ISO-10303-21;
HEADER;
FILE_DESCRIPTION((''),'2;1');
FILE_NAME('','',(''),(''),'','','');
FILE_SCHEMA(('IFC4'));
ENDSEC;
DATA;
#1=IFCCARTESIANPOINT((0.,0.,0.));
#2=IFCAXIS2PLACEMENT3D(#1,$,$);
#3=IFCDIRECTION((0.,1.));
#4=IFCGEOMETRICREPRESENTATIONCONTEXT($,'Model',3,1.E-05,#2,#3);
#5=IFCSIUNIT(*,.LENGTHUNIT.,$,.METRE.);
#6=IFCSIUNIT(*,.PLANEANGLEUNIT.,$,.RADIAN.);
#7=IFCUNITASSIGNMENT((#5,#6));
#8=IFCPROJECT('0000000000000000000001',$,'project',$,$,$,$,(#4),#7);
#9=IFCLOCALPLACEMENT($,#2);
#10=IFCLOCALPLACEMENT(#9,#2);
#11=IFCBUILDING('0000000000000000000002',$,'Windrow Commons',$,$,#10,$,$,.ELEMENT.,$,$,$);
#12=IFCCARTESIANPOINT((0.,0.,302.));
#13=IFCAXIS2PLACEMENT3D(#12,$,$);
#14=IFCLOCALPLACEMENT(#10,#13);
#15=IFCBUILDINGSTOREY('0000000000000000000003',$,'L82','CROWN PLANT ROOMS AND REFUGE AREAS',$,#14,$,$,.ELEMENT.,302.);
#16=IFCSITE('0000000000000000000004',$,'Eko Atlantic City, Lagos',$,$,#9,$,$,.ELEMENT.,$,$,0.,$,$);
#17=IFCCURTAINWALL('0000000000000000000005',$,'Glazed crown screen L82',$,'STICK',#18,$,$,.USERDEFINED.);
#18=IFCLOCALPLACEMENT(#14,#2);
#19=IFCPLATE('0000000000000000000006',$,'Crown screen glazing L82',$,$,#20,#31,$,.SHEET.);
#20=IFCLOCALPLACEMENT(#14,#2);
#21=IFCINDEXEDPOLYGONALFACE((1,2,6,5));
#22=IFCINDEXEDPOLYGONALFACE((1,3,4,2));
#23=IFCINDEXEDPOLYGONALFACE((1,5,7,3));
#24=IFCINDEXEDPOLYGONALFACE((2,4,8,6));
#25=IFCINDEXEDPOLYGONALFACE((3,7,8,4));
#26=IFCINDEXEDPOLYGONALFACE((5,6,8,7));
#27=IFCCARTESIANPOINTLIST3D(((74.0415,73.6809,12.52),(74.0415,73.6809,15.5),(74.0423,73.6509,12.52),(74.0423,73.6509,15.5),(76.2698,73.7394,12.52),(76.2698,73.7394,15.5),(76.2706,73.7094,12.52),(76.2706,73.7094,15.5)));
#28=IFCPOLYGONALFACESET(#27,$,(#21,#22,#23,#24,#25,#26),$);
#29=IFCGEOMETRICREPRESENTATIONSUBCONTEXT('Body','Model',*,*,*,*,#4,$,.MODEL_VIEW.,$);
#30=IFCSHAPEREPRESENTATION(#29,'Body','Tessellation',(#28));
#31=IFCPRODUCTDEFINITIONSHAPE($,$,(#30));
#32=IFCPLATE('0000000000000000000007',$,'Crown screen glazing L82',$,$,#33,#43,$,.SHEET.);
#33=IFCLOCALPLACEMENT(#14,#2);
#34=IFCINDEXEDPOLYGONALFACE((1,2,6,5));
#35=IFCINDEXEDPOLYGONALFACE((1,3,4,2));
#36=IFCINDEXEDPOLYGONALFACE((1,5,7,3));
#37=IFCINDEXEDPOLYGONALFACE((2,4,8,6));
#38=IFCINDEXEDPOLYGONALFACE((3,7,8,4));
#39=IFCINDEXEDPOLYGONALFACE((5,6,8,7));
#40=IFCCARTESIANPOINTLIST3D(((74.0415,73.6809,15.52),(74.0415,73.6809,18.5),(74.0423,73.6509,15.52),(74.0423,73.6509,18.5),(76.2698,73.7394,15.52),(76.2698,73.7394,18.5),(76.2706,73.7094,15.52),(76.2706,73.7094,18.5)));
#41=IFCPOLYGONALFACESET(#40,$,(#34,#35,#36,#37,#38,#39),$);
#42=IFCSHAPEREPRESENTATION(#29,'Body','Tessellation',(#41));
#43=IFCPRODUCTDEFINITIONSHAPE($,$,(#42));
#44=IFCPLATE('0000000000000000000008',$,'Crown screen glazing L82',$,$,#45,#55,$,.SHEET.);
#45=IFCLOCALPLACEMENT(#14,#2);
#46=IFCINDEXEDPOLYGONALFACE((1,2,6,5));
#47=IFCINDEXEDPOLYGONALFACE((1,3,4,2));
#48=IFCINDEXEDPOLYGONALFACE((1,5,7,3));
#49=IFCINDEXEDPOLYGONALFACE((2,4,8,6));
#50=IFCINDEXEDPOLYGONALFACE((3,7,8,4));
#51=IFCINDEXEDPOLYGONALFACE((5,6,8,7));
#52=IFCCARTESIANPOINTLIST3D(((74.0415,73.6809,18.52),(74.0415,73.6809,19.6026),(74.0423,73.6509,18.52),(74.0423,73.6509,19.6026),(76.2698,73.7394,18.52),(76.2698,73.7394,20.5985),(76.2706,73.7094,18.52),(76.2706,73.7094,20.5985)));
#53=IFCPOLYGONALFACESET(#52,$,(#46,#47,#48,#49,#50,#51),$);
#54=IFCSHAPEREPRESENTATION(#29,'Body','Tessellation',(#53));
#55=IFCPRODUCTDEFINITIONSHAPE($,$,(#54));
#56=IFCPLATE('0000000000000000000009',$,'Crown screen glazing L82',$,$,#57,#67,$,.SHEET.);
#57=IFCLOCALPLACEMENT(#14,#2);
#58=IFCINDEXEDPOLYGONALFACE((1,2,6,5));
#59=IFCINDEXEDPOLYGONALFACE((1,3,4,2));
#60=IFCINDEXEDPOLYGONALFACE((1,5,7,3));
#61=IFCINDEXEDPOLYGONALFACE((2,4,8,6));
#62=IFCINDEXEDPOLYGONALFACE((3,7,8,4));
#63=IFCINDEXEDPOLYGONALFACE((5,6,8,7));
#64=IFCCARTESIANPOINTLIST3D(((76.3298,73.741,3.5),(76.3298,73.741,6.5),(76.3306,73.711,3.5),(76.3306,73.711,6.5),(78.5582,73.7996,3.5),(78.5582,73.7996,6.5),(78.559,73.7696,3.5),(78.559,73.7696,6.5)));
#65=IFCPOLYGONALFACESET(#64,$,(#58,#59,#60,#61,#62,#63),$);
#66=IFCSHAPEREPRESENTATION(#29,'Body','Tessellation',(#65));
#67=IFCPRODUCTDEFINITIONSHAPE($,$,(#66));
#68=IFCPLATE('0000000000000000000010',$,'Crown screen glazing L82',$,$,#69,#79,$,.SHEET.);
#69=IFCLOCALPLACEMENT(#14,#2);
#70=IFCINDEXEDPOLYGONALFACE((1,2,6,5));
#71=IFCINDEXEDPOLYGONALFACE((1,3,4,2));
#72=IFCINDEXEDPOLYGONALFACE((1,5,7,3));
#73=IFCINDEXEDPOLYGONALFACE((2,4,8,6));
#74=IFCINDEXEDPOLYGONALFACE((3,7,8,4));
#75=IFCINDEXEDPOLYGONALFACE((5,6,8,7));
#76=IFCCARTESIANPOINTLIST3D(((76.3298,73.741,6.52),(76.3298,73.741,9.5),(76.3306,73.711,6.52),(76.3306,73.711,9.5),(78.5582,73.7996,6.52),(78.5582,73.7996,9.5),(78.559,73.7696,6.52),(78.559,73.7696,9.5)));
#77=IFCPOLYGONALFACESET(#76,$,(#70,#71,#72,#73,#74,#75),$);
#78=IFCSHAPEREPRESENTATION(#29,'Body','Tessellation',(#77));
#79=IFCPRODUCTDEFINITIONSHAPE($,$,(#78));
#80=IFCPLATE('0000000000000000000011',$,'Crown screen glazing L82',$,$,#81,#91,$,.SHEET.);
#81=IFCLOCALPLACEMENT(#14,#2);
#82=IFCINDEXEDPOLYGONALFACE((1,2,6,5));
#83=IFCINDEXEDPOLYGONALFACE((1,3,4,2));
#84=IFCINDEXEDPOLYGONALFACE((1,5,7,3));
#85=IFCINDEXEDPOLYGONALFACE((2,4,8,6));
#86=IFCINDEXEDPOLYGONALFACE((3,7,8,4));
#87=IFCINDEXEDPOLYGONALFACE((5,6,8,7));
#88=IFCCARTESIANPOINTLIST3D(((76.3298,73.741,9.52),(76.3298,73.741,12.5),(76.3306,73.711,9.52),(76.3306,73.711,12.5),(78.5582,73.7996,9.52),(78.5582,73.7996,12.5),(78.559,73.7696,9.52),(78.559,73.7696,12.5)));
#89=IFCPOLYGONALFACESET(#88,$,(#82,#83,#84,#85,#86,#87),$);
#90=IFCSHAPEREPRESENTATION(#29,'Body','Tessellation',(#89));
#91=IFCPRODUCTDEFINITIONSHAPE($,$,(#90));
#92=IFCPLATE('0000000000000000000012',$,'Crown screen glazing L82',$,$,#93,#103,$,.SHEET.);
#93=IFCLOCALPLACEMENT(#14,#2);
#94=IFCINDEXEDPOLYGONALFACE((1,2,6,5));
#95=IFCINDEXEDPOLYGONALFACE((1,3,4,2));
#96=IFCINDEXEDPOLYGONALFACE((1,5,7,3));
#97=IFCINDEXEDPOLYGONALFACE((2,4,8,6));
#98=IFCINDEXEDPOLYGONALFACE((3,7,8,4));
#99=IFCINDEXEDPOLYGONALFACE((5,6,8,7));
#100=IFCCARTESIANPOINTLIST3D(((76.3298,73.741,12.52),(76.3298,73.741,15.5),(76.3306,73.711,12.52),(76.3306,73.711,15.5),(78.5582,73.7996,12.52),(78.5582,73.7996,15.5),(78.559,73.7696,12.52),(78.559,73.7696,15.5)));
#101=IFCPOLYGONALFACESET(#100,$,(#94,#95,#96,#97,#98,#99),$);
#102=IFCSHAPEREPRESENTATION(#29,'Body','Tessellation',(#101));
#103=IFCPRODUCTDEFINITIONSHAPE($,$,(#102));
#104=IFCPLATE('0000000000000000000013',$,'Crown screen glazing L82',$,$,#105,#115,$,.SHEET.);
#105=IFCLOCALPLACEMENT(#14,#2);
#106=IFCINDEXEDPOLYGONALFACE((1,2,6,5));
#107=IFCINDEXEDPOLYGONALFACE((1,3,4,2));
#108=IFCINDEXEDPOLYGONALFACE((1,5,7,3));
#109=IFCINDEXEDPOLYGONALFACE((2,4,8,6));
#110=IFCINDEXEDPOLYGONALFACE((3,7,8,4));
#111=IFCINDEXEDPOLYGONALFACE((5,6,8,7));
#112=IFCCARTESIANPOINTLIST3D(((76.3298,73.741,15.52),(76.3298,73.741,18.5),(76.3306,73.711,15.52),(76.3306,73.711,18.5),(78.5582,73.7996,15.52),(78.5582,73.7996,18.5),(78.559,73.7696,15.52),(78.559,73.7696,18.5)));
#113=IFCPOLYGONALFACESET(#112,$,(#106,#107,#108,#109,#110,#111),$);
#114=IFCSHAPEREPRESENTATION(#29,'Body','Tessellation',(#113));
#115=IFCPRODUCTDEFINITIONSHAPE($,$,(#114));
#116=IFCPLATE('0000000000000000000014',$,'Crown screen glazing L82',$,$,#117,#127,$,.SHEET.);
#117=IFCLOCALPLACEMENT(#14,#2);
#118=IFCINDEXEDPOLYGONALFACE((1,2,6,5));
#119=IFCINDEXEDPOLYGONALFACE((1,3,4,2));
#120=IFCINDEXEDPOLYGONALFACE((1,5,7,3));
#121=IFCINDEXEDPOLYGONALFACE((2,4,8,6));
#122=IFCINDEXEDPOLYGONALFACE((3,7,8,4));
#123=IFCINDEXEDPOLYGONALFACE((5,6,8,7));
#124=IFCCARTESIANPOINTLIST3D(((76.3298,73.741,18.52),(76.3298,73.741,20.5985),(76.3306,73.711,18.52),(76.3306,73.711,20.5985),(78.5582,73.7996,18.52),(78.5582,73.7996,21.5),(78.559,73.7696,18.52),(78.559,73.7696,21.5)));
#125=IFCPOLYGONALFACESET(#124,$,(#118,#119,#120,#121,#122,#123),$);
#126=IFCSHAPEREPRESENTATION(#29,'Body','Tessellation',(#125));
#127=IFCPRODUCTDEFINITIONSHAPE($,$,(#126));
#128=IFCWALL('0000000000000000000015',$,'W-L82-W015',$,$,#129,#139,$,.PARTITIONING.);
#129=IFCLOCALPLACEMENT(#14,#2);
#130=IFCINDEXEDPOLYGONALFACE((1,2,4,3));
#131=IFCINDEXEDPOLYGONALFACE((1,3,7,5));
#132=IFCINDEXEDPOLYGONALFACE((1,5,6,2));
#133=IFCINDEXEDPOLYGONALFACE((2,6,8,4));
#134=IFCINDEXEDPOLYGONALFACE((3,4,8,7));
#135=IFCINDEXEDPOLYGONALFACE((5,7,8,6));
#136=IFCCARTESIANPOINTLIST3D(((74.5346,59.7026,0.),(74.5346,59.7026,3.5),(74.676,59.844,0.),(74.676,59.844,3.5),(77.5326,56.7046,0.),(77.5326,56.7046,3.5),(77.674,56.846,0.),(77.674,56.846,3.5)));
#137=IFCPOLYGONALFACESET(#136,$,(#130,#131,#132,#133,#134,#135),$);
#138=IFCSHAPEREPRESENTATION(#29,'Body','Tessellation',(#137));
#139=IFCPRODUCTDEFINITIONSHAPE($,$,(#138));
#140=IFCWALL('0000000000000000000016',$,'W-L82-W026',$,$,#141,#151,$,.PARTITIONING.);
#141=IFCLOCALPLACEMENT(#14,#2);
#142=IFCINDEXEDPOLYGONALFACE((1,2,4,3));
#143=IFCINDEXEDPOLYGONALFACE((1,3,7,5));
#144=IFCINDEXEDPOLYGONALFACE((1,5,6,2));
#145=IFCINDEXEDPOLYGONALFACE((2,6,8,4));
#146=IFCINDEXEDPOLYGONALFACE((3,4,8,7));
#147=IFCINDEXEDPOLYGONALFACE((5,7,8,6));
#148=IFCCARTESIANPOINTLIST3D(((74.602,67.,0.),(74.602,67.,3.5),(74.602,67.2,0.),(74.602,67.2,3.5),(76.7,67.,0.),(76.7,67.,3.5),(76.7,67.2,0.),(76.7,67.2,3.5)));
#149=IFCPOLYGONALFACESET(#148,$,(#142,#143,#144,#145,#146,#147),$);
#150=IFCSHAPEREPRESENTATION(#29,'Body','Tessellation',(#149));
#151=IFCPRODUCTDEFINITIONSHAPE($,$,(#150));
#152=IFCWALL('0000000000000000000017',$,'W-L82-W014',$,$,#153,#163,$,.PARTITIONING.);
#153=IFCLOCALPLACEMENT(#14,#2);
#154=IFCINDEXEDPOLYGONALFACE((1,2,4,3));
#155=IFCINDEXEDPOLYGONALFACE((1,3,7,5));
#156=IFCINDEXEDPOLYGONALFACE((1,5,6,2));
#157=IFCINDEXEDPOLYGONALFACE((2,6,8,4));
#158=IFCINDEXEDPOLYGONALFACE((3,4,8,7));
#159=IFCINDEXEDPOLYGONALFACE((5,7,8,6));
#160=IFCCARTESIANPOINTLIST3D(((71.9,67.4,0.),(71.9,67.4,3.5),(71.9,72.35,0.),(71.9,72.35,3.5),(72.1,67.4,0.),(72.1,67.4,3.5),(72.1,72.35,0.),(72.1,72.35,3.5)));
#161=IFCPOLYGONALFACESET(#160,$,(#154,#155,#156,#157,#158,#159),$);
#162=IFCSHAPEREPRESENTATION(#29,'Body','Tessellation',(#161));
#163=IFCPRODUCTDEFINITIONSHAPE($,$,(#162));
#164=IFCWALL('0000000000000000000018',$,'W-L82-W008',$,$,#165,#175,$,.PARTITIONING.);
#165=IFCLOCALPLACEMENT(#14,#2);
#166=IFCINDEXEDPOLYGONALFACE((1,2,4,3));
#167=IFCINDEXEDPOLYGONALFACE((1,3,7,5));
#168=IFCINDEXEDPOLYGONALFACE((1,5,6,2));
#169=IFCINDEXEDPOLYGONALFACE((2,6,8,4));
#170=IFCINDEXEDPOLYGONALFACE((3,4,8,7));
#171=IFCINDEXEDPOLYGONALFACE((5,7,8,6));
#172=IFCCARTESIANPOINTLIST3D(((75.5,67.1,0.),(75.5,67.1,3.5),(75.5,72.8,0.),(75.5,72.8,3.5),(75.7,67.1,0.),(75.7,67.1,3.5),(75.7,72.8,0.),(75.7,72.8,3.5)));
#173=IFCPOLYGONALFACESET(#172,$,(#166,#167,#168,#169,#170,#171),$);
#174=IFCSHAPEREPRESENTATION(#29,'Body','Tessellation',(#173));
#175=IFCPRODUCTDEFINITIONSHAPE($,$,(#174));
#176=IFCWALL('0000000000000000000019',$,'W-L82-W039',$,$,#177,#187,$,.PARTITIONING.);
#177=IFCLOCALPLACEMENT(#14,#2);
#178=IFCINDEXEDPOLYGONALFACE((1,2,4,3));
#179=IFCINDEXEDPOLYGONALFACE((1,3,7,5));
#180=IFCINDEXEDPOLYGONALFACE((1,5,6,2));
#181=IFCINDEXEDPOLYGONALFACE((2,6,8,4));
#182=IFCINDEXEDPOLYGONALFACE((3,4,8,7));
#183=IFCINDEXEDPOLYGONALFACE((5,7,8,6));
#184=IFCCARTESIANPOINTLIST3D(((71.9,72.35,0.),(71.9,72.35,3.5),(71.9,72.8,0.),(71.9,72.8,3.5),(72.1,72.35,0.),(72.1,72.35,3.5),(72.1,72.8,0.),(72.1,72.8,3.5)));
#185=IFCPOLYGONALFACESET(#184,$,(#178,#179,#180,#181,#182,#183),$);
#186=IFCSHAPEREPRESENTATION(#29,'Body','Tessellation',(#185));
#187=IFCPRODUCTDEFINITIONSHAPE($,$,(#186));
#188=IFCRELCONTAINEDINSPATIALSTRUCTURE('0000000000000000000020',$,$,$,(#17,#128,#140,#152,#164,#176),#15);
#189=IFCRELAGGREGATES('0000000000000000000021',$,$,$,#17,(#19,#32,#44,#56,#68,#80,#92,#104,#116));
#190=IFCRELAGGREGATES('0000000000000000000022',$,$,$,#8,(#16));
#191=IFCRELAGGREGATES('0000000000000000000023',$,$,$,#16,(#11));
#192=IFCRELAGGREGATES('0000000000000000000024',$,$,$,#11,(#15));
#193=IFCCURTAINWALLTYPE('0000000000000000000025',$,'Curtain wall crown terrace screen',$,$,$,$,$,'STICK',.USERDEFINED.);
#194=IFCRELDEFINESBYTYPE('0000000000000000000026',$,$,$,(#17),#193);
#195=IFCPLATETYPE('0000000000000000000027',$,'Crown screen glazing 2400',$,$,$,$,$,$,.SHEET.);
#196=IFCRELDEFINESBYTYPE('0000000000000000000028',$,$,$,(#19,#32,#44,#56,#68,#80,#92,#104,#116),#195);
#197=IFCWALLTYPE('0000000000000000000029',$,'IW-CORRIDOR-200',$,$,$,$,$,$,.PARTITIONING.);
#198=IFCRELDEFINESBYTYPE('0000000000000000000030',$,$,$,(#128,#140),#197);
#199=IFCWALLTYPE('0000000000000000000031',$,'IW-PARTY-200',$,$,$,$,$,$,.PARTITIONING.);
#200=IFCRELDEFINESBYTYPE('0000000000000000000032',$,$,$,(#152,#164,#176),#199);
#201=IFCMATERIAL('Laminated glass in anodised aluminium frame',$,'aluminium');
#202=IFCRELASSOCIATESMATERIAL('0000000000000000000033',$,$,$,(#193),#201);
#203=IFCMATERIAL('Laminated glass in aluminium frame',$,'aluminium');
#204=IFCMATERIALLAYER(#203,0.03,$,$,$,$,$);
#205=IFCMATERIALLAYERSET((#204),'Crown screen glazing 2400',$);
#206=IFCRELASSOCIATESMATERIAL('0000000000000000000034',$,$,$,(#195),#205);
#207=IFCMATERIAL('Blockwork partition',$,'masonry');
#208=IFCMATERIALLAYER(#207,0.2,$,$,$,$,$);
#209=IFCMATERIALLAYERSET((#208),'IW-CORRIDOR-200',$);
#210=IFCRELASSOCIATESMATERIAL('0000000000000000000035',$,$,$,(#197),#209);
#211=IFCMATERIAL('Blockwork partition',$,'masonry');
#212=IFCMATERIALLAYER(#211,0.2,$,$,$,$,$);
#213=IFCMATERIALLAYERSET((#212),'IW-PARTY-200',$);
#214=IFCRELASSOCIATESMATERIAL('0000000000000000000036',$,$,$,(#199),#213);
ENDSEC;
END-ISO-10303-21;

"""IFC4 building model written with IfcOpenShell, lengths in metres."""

from ifc_helpers import new_model, si_unit, direction, frame, frame_2d, origin, place, context, subcontext, project, spatial, polyline, rectangle, outline, extrude, material, layer, layer_set, type_object, element, aggregate, save


model = new_model("IFC4")

# Units and contexts
model_context = context("Model", 3, precision=1e-05, world=origin(), true_north=direction((0.0, 1.0)))
body_context = subcontext(model_context, "Body", "Model", "MODEL_VIEW")
ifc_project = project(units=[si_unit("LENGTHUNIT", "METRE"), si_unit("PLANEANGLEUNIT", "RADIAN")], contexts=[model_context])

# Site, building, storey
site_placement = place(None, origin())
site = spatial("IfcSite", under=ifc_project, at=site_placement, Name="Eko Atlantic City, Lagos", CompositionType="ELEMENT", RefElevation=0.0)
building_placement = place(site_placement, origin())
building = spatial("IfcBuilding", under=site, at=building_placement, Name="Windrow Commons", CompositionType="ELEMENT")
storey_placement = place(building_placement, frame((0.0, 0.0, 302.0)))
storey = spatial("IfcBuildingStorey", under=building, at=storey_placement, Name="L82", Description="CROWN PLANT ROOMS AND REFUGE AREAS", CompositionType="ELEMENT", Elevation=302.0)

# Curtain wall
ifc_material_1 = material(Name="Laminated glass in anodised aluminium frame", Category="aluminium")
curtain_wall_type = type_object("IfcCurtainWallType", Name="Curtain wall crown terrace screen", ElementType="STICK", PredefinedType="USERDEFINED", material=ifc_material_1)
curtain_wall_placement = place(storey_placement, origin())
curtain_wall = element("IfcCurtainWall", 1, at=curtain_wall_placement, inside=storey, type_object=curtain_wall_type, Name="Glazed crown screen L82", ObjectType="STICK", PredefinedType="USERDEFINED")

# Plates
ifc_material_2 = material(Name="Laminated glass in aluminium frame", Category="aluminium")
ifc_layer_1 = layer(ifc_material_2, 0.03)
ifc_layer_set_1 = layer_set([ifc_layer_1], Name="Crown screen glazing 2400")
plate_type = type_object("IfcPlateType", Name="Crown screen glazing 2400", PredefinedType="SHEET", material=ifc_layer_set_1)
plate_1_placement = place(storey_placement, frame((74.0423, 73.6509, 12.52), z_axis=(0.026244, -0.999656, 0.0), x_axis=(0.999656, 0.026244, 0.0)))
plate_1 = element("IfcPlate", 2, at=plate_1_placement, type_object=plate_type, Name="Crown screen glazing L82", PredefinedType="SHEET", context=body_context, shape_type="SweptSolid", body=[
    extrude(outline(polyline([(0.0, 0.0), (2.2291, 0.0), (2.2291, 2.98), (0.0, 2.98), (0.0, 0.0)])), origin(), (0.0, 0.0, -1.0), 0.03),
])
plate_2_placement = place(storey_placement, frame((74.0423, 73.6509, 15.52), z_axis=(0.026244, -0.999656, 0.0), x_axis=(0.999656, 0.026244, 0.0)))
plate_2 = element("IfcPlate", 3, at=plate_2_placement, type_object=plate_type, Name="Crown screen glazing L82", PredefinedType="SHEET", context=body_context, shape_type="SweptSolid", body=[
    extrude(outline(polyline([(0.0, 0.0), (2.2291, 0.0), (2.2291, 2.98), (0.0, 2.98), (0.0, 0.0)])), origin(), (0.0, 0.0, -1.0), 0.03),
])
plate_3_placement = place(storey_placement, frame((74.0423, 73.6509, 18.52), z_axis=(0.026244, -0.999656, 0.0), x_axis=(0.999656, 0.026244, 0.0)))
plate_3 = element("IfcPlate", 4, at=plate_3_placement, type_object=plate_type, Name="Crown screen glazing L82", PredefinedType="SHEET", context=body_context, shape_type="SweptSolid", body=[
    extrude(outline(polyline([(0.0, 0.0), (2.2291, 0.0), (2.2291, 2.0785), (0.0, 1.0826), (0.0, 0.0)])), origin(), (0.0, 0.0, -1.0), 0.03),
])
plate_4_placement = place(storey_placement, frame((76.3306, 73.711, 3.5), z_axis=(0.026288, -0.999654, 0.0), x_axis=(0.999654, 0.026288, 0.0)))
plate_4 = element("IfcPlate", 5, at=plate_4_placement, type_object=plate_type, Name="Crown screen glazing L82", PredefinedType="SHEET", context=body_context, shape_type="SweptSolid", body=[
    extrude(outline(polyline([(0.0, 0.0), (2.2292, 0.0), (2.2292, 3.0), (0.0, 3.0), (0.0, 0.0)])), origin(), (0.0, 0.0, -1.0), 0.03),
])
plate_5_placement = place(storey_placement, frame((76.3306, 73.711, 6.52), z_axis=(0.026288, -0.999654, 0.0), x_axis=(0.999654, 0.026288, 0.0)))
plate_5 = element("IfcPlate", 6, at=plate_5_placement, type_object=plate_type, Name="Crown screen glazing L82", PredefinedType="SHEET", context=body_context, shape_type="SweptSolid", body=[
    extrude(outline(polyline([(0.0, 0.0), (2.2292, 0.0), (2.2292, 2.98), (0.0, 2.98), (0.0, 0.0)])), origin(), (0.0, 0.0, -1.0), 0.03),
])
plate_6_placement = place(storey_placement, frame((76.3306, 73.711, 9.52), z_axis=(0.026288, -0.999654, 0.0), x_axis=(0.999654, 0.026288, 0.0)))
plate_6 = element("IfcPlate", 7, at=plate_6_placement, type_object=plate_type, Name="Crown screen glazing L82", PredefinedType="SHEET", context=body_context, shape_type="SweptSolid", body=[
    extrude(outline(polyline([(0.0, 0.0), (2.2292, 0.0), (2.2292, 2.98), (0.0, 2.98), (0.0, 0.0)])), origin(), (0.0, 0.0, -1.0), 0.03),
])
plate_7_placement = place(storey_placement, frame((76.3306, 73.711, 12.52), z_axis=(0.026288, -0.999654, 0.0), x_axis=(0.999654, 0.026288, 0.0)))
plate_7 = element("IfcPlate", 8, at=plate_7_placement, type_object=plate_type, Name="Crown screen glazing L82", PredefinedType="SHEET", context=body_context, shape_type="SweptSolid", body=[
    extrude(outline(polyline([(0.0, 0.0), (2.2292, 0.0), (2.2292, 2.98), (0.0, 2.98), (0.0, 0.0)])), origin(), (0.0, 0.0, -1.0), 0.03),
])
plate_8_placement = place(storey_placement, frame((76.3306, 73.711, 15.52), z_axis=(0.026288, -0.999654, 0.0), x_axis=(0.999654, 0.026288, 0.0)))
plate_8 = element("IfcPlate", 9, at=plate_8_placement, type_object=plate_type, Name="Crown screen glazing L82", PredefinedType="SHEET", context=body_context, shape_type="SweptSolid", body=[
    extrude(outline(polyline([(0.0, 0.0), (2.2292, 0.0), (2.2292, 2.98), (0.0, 2.98), (0.0, 0.0)])), origin(), (0.0, 0.0, -1.0), 0.03),
])
plate_9_placement = place(storey_placement, frame((76.3306, 73.711, 18.52), z_axis=(0.026288, -0.999654, 0.0), x_axis=(0.999654, 0.026288, 0.0)))
plate_9 = element("IfcPlate", 10, at=plate_9_placement, type_object=plate_type, Name="Crown screen glazing L82", PredefinedType="SHEET", context=body_context, shape_type="SweptSolid", body=[
    extrude(outline(polyline([(0.0, 0.0), (2.2292, 0.0), (2.2292, 2.98), (0.0, 2.0785), (0.0, 0.0)])), origin(), (0.0, 0.0, -1.0), 0.03),
])
aggregate(curtain_wall, [plate_1, plate_2, plate_3, plate_4, plate_5, plate_6, plate_7, plate_8, plate_9])

# Walls
ifc_material_3 = material(Name="Blockwork partition", Category="masonry")
ifc_layer_2 = layer(ifc_material_3, 0.2)
ifc_layer_set_2 = layer_set([ifc_layer_2], Name="IW-CORRIDOR-200")
wall_type_1 = type_object("IfcWallType", Name="IW-CORRIDOR-200", PredefinedType="PARTITIONING", material=ifc_layer_set_2)
wall_1_placement = place(storey_placement, frame((74.6053, 59.7733, 0.0), z_axis=(0.0, 0.0, 1.0), x_axis=(0.707107, -0.707107, 0.0)))
element("IfcWall", 11, at=wall_1_placement, inside=storey, type_object=wall_type_1, Name="W-L82-W015", PredefinedType="PARTITIONING", context=body_context, shape_type="SweptSolid", body=[
    extrude(rectangle(XDim=4.2398, YDim=0.2, at=frame_2d((2.1199, 0.0))), origin(), (0.0, 0.0, 1.0), 3.5),
])
wall_2_placement = place(storey_placement, frame((74.602, 67.1, 0.0), z_axis=(0.0, 0.0, 1.0), x_axis=(1.0, 0.0, 0.0)))
element("IfcWall", 12, at=wall_2_placement, inside=storey, type_object=wall_type_1, Name="W-L82-W026", PredefinedType="PARTITIONING", context=body_context, shape_type="SweptSolid", body=[
    extrude(rectangle(XDim=2.098, YDim=0.2, at=frame_2d((1.049, 0.0))), origin(), (0.0, 0.0, 1.0), 3.5),
])
ifc_material_4 = material(Name="Blockwork partition", Category="masonry")
ifc_layer_3 = layer(ifc_material_4, 0.2)
ifc_layer_set_3 = layer_set([ifc_layer_3], Name="IW-PARTY-200")
wall_type_2 = type_object("IfcWallType", Name="IW-PARTY-200", PredefinedType="PARTITIONING", material=ifc_layer_set_3)
wall_3_placement = place(storey_placement, frame((72.0, 67.4, 0.0), z_axis=(0.0, 0.0, 1.0), x_axis=(0.0, 1.0, 0.0)))
element("IfcWall", 13, at=wall_3_placement, inside=storey, type_object=wall_type_2, Name="W-L82-W014", PredefinedType="PARTITIONING", context=body_context, shape_type="SweptSolid", body=[
    extrude(rectangle(XDim=4.95, YDim=0.2, at=frame_2d((2.475, 0.0))), origin(), (0.0, 0.0, 1.0), 3.5),
])
wall_4_placement = place(storey_placement, frame((75.6, 67.1, 0.0), z_axis=(0.0, 0.0, 1.0), x_axis=(0.0, 1.0, 0.0)))
element("IfcWall", 14, at=wall_4_placement, inside=storey, type_object=wall_type_2, Name="W-L82-W008", PredefinedType="PARTITIONING", context=body_context, shape_type="SweptSolid", body=[
    extrude(outline(polyline([(0.0, -0.1), (5.7, -0.1), (5.7, 0.1), (0.0, 0.1), (0.0, -0.1)])), origin(), (0.0, 0.0, 1.0), 3.5),
])
wall_5_placement = place(storey_placement, frame((72.0, 72.35, 0.0), z_axis=(0.0, 0.0, 1.0), x_axis=(0.0, 1.0, 0.0)))
element("IfcWall", 15, at=wall_5_placement, inside=storey, type_object=wall_type_2, Name="W-L82-W039", PredefinedType="PARTITIONING", context=body_context, shape_type="SweptSolid", body=[
    extrude(outline(polyline([(0.0, -0.1), (0.45, -0.1), (0.45, 0.1), (0.0, 0.1), (0.0, -0.1)])), origin(), (0.0, 0.0, 1.0), 3.5),
])

save(model, "model.ifc")
